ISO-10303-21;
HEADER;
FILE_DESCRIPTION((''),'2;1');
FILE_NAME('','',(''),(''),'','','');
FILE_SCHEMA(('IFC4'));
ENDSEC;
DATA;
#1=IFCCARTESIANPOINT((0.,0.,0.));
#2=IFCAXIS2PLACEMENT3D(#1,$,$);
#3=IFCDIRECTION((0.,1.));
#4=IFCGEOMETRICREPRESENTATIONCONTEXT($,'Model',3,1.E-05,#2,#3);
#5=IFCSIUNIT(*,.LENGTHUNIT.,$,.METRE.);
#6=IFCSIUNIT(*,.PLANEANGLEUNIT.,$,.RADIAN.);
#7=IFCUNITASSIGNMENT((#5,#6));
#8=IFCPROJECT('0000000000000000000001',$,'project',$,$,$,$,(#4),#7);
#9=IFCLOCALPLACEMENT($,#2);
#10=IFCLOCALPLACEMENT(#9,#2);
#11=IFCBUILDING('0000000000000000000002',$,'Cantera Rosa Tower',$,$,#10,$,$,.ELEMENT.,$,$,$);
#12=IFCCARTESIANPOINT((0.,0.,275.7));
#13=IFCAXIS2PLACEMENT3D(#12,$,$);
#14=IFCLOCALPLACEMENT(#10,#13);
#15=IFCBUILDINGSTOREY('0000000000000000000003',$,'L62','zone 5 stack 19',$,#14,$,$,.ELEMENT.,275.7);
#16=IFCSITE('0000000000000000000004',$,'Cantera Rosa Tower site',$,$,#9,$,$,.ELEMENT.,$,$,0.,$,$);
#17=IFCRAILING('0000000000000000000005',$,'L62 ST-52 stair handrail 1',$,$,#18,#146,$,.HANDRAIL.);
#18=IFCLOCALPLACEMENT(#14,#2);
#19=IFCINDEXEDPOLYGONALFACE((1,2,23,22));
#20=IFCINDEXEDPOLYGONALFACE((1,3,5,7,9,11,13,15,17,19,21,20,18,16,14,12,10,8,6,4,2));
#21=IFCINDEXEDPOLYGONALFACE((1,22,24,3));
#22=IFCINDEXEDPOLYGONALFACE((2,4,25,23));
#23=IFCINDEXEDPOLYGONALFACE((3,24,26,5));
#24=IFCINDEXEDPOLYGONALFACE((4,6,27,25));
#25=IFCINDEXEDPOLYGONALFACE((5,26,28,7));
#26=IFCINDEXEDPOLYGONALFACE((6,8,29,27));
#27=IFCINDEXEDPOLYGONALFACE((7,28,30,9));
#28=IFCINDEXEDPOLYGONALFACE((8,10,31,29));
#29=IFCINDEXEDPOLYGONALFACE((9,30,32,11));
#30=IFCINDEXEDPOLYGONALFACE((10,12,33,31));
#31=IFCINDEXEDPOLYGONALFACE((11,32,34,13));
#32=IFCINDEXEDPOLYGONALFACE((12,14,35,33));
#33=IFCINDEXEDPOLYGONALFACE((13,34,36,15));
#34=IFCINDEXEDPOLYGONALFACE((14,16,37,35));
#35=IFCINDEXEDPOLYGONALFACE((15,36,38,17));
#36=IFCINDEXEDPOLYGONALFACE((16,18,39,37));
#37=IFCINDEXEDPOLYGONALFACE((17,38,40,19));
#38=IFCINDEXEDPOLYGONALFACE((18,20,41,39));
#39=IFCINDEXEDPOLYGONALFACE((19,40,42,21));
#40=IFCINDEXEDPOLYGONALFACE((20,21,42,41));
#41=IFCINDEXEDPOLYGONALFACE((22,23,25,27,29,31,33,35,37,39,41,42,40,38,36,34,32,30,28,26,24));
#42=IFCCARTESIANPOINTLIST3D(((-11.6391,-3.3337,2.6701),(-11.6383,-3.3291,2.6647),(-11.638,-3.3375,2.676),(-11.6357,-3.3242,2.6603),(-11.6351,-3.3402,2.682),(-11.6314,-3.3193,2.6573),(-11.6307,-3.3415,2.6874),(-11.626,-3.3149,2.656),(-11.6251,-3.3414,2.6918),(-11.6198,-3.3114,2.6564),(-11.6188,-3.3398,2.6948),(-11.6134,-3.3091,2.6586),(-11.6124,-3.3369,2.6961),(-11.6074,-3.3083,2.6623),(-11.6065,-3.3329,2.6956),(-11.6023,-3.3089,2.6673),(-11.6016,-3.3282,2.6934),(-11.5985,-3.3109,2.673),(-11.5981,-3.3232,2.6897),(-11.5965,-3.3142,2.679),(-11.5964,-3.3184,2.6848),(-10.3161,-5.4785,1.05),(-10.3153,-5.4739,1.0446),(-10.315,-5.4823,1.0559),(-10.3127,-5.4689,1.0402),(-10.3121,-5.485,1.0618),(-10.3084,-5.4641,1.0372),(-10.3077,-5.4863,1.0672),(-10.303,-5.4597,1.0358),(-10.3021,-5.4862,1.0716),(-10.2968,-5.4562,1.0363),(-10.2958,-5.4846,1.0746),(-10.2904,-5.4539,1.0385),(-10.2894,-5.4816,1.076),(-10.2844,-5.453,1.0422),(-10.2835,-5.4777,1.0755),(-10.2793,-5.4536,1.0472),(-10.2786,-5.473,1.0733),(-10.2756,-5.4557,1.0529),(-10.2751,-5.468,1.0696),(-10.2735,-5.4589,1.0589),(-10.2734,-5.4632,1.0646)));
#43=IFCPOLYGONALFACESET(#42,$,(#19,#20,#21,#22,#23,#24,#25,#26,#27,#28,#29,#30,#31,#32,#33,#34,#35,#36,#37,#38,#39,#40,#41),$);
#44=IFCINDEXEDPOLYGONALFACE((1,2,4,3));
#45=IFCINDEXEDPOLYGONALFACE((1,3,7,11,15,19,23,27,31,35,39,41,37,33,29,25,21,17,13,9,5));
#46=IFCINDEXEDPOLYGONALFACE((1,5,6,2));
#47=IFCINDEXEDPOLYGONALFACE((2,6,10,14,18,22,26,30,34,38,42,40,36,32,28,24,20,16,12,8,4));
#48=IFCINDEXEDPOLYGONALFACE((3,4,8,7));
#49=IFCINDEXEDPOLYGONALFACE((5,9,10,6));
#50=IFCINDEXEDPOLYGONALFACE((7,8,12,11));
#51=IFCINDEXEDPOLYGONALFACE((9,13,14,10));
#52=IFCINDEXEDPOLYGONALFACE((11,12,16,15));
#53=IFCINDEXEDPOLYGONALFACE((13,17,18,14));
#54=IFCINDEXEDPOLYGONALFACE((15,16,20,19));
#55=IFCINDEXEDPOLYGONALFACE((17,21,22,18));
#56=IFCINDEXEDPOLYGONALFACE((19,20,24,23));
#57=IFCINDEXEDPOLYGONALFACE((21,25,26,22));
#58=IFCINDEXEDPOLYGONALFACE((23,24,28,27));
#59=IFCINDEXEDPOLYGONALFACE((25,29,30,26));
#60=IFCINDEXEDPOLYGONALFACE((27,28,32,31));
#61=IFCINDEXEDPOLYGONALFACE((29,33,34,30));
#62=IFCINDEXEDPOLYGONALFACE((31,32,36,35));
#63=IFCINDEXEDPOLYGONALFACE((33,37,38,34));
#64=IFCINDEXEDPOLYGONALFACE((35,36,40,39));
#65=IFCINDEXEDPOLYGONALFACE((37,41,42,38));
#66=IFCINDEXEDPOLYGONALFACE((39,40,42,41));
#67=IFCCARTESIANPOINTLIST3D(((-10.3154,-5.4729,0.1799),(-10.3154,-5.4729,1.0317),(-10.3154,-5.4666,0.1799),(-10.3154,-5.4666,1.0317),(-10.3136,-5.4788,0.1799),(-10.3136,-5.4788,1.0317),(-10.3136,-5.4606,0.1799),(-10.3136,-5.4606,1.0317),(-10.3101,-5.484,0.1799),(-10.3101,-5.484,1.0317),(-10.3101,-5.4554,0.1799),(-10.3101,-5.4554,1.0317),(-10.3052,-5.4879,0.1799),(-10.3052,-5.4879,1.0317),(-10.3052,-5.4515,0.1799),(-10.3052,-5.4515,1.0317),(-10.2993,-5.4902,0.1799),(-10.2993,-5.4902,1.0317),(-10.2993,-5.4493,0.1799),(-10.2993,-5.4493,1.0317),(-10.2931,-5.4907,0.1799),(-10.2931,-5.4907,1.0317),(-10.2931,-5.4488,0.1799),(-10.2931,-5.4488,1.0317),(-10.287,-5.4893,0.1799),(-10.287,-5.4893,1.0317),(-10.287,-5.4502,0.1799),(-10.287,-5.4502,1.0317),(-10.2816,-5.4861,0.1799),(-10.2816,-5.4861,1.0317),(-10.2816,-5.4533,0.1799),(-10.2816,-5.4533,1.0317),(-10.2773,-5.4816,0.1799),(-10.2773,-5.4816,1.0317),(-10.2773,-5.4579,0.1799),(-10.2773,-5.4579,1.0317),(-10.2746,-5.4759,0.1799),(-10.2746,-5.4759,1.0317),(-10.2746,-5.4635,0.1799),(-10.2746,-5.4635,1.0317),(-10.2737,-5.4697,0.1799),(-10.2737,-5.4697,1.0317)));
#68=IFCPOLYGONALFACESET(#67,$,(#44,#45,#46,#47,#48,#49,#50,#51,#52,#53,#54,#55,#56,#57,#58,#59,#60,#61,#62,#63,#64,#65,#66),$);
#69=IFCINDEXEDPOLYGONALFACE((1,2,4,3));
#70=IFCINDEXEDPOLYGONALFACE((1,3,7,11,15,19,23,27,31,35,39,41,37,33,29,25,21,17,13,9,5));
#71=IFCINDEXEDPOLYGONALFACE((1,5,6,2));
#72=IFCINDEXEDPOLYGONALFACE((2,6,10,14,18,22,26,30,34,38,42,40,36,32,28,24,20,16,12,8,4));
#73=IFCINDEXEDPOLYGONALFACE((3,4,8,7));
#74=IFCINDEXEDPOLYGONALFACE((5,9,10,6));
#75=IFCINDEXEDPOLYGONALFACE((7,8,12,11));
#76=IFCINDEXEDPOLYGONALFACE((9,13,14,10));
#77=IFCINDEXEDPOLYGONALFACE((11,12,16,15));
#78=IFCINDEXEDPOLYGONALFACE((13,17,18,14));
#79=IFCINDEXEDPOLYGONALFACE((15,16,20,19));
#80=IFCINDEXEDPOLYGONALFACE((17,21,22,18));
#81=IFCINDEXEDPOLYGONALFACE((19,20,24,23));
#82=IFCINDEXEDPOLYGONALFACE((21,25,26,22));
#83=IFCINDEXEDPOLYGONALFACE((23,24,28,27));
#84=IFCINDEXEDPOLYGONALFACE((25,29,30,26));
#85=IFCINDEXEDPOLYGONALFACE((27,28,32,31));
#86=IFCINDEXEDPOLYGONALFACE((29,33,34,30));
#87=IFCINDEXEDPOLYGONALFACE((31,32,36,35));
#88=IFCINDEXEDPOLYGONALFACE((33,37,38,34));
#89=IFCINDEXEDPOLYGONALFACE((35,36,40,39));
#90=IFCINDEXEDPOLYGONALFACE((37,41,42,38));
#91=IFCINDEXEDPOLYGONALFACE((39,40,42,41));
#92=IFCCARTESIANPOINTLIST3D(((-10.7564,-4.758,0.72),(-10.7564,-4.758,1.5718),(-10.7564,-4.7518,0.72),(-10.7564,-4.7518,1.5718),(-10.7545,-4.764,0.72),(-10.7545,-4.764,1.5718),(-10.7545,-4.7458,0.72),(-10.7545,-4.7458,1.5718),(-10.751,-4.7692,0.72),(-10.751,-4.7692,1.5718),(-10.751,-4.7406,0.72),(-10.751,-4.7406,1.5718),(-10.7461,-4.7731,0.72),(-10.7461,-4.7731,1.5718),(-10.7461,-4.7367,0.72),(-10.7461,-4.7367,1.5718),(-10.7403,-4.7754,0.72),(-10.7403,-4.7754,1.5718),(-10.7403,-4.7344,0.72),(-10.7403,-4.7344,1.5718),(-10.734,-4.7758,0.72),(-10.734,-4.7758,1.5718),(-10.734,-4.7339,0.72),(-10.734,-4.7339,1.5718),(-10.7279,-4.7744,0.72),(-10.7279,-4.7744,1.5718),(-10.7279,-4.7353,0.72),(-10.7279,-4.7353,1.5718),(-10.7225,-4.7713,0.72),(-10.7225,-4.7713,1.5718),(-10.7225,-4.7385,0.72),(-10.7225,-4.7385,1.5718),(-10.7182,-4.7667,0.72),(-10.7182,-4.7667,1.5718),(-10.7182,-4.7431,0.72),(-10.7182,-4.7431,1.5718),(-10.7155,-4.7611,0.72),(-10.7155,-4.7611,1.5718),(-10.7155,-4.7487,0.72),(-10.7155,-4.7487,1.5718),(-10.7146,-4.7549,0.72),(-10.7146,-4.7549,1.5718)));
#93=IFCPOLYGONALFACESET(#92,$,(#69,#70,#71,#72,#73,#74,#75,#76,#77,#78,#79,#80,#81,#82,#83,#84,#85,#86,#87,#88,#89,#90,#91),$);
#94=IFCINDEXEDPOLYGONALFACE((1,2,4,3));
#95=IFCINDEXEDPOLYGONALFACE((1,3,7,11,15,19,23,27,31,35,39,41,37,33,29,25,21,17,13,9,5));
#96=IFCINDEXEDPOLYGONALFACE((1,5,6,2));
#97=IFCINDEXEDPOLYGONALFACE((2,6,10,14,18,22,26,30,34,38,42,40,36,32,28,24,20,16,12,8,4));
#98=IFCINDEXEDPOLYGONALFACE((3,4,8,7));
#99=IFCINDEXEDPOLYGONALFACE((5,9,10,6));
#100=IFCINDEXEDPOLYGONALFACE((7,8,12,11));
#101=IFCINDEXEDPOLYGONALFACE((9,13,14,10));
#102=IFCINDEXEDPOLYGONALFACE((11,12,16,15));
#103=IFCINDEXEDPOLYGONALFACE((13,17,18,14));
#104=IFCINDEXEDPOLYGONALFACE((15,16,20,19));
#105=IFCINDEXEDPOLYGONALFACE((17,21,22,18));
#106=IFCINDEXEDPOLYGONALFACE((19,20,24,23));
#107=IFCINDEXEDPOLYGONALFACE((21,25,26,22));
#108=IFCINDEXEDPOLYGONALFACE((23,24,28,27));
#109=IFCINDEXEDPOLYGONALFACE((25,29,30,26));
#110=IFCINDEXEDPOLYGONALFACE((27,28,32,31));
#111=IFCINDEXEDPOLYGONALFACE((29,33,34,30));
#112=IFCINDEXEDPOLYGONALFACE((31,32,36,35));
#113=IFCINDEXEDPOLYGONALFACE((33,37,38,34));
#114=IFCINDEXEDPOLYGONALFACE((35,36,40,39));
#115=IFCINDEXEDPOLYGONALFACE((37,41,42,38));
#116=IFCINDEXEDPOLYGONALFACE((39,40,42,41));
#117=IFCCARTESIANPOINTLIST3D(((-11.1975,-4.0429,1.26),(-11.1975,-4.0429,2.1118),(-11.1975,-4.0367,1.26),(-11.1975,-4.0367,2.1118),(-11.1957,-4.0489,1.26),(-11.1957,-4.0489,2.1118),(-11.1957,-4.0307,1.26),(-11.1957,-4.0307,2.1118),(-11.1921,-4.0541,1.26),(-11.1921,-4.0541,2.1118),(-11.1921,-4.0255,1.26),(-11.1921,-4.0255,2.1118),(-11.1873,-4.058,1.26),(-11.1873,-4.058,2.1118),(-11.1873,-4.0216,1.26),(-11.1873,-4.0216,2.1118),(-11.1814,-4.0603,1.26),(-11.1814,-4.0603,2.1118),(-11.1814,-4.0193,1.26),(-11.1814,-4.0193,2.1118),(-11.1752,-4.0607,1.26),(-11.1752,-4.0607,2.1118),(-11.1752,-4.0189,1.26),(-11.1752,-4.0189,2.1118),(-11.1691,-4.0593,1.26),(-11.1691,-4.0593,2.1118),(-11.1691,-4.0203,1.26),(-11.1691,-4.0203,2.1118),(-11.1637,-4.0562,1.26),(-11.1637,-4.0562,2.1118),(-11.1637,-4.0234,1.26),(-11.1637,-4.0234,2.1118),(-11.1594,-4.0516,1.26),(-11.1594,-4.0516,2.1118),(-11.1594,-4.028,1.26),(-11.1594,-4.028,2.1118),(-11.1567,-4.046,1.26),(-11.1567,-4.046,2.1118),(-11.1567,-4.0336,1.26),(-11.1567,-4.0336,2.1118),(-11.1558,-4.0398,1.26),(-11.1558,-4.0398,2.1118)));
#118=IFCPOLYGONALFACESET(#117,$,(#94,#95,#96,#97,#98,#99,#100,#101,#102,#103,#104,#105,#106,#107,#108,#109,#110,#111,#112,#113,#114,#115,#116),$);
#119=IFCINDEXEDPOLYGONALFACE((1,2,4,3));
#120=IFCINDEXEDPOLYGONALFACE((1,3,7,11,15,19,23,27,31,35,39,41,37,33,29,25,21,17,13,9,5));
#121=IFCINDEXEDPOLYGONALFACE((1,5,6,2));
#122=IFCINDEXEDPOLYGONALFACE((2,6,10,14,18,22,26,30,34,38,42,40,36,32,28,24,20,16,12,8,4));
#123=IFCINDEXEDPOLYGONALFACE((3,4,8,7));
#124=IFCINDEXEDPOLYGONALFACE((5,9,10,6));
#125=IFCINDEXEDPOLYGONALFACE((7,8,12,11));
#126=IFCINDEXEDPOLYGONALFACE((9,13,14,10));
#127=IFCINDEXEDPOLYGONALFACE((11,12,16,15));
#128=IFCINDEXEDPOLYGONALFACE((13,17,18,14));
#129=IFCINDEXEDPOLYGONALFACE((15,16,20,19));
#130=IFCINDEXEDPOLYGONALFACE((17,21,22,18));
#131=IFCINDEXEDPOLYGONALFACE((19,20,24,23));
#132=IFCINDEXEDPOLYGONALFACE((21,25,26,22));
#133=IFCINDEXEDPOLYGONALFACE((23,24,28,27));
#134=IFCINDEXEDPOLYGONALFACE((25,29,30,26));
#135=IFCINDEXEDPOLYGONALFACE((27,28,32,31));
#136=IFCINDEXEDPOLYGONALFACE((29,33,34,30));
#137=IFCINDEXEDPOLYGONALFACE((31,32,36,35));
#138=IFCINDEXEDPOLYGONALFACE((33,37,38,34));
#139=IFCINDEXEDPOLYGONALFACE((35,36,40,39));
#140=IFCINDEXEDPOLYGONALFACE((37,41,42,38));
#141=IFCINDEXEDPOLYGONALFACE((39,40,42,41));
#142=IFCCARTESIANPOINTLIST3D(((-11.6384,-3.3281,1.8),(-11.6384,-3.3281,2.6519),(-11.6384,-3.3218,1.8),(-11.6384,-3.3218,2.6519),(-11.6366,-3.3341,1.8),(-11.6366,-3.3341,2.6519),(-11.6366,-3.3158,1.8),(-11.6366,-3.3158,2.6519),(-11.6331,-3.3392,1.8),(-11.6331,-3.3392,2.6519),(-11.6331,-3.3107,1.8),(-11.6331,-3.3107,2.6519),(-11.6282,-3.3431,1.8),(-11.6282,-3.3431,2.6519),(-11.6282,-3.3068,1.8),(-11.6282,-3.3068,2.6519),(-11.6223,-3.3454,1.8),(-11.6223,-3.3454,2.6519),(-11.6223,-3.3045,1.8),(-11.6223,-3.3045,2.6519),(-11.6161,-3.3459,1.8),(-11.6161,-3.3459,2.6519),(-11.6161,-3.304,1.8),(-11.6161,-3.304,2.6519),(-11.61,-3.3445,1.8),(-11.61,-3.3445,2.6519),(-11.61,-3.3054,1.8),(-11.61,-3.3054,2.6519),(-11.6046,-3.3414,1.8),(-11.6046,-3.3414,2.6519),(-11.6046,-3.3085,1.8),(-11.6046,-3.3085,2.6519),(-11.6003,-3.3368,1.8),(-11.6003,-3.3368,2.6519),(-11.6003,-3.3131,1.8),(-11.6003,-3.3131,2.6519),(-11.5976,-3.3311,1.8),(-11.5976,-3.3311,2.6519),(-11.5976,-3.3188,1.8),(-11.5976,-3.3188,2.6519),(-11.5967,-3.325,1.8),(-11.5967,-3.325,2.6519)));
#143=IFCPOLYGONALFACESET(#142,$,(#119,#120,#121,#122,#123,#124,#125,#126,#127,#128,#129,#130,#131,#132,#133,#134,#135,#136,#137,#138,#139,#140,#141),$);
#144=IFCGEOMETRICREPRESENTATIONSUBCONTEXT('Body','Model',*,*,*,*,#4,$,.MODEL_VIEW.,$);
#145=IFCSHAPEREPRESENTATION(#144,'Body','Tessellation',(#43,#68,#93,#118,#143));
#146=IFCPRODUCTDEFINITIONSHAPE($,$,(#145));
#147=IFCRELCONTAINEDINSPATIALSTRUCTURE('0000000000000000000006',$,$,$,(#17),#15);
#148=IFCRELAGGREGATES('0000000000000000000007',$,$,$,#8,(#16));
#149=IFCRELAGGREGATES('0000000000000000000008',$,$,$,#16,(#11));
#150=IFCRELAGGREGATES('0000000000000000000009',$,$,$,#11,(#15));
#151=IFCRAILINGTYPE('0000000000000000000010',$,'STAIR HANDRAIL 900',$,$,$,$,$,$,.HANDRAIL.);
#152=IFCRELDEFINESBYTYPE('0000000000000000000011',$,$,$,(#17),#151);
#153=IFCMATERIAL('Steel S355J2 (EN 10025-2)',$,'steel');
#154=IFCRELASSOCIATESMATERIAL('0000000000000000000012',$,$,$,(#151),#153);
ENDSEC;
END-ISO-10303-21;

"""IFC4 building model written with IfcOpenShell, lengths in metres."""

from ifc_helpers import new_model, si_unit, direction, frame, origin, origin_2d, place, context, subcontext, project, spatial, circle, extrude, material, type_object, element, save


model = new_model("IFC4")

# Units and contexts
model_context = context("Model", 3, precision=1e-05, world=origin(), true_north=direction((0.0, 1.0)))
body_context = subcontext(model_context, "Body", "Model", "MODEL_VIEW")
ifc_project = project(units=[si_unit("LENGTHUNIT", "METRE"), si_unit("PLANEANGLEUNIT", "RADIAN")], contexts=[model_context])

# Site, building, storey
site_placement = place(None, origin())
site = spatial("IfcSite", under=ifc_project, at=site_placement, Name="Cantera Rosa Tower site", CompositionType="ELEMENT", RefElevation=0.0)
building_placement = place(site_placement, origin())
building = spatial("IfcBuilding", under=site, at=building_placement, Name="Cantera Rosa Tower", CompositionType="ELEMENT")
storey_placement = place(building_placement, frame((0.0, 0.0, 275.7)))
storey = spatial("IfcBuildingStorey", under=building, at=storey_placement, Name="L62", Description="zone 5 stack 19", CompositionType="ELEMENT", Elevation=275.7)

# Railing
ifc_material_1 = material(Name="Steel S355J2 (EN 10025-2)", Category="steel")
railing_type_1 = type_object("IfcRailingType", Name="STAIR HANDRAIL 900", PredefinedType="HANDRAIL", material=ifc_material_1)
railing_1_placement = place(storey_placement, frame((-10.2947, -5.4697, 0.1799)))
element("IfcRailing", 1, at=railing_1_placement, inside=storey, type_object=railing_type_1, Name="L62 ST-52 stair handrail 1", PredefinedType="HANDRAIL", context=body_context, shape_type="SweptSolid", body=[
    extrude(circle(Radius=0.0239, at=origin_2d()), frame((0.0, 0.0, 0.876), z_axis=(-0.441609, 0.715914, 0.540786), x_axis=(-0.851102, -0.525, 0.0)), (0.0, 0.0, 1.0), 2.9958),
    extrude(circle(Radius=0.021, at=origin_2d()), origin(), (0.0, 0.0, 1.0), 0.8518),
    extrude(circle(Radius=0.021, at=origin_2d()), frame((-0.4409, 0.7148, 0.54)), (0.0, 0.0, 1.0), 0.8518),
    extrude(circle(Radius=0.021, at=origin_2d()), frame((-0.8821, 1.4299, 1.0801)), (0.0, 0.0, 1.0), 0.8518),
    extrude(circle(Radius=0.021, at=origin_2d()), frame((-1.323, 2.1448, 1.6201)), (0.0, 0.0, 1.0), 0.8518),
])

save(model, "model.ifc")
